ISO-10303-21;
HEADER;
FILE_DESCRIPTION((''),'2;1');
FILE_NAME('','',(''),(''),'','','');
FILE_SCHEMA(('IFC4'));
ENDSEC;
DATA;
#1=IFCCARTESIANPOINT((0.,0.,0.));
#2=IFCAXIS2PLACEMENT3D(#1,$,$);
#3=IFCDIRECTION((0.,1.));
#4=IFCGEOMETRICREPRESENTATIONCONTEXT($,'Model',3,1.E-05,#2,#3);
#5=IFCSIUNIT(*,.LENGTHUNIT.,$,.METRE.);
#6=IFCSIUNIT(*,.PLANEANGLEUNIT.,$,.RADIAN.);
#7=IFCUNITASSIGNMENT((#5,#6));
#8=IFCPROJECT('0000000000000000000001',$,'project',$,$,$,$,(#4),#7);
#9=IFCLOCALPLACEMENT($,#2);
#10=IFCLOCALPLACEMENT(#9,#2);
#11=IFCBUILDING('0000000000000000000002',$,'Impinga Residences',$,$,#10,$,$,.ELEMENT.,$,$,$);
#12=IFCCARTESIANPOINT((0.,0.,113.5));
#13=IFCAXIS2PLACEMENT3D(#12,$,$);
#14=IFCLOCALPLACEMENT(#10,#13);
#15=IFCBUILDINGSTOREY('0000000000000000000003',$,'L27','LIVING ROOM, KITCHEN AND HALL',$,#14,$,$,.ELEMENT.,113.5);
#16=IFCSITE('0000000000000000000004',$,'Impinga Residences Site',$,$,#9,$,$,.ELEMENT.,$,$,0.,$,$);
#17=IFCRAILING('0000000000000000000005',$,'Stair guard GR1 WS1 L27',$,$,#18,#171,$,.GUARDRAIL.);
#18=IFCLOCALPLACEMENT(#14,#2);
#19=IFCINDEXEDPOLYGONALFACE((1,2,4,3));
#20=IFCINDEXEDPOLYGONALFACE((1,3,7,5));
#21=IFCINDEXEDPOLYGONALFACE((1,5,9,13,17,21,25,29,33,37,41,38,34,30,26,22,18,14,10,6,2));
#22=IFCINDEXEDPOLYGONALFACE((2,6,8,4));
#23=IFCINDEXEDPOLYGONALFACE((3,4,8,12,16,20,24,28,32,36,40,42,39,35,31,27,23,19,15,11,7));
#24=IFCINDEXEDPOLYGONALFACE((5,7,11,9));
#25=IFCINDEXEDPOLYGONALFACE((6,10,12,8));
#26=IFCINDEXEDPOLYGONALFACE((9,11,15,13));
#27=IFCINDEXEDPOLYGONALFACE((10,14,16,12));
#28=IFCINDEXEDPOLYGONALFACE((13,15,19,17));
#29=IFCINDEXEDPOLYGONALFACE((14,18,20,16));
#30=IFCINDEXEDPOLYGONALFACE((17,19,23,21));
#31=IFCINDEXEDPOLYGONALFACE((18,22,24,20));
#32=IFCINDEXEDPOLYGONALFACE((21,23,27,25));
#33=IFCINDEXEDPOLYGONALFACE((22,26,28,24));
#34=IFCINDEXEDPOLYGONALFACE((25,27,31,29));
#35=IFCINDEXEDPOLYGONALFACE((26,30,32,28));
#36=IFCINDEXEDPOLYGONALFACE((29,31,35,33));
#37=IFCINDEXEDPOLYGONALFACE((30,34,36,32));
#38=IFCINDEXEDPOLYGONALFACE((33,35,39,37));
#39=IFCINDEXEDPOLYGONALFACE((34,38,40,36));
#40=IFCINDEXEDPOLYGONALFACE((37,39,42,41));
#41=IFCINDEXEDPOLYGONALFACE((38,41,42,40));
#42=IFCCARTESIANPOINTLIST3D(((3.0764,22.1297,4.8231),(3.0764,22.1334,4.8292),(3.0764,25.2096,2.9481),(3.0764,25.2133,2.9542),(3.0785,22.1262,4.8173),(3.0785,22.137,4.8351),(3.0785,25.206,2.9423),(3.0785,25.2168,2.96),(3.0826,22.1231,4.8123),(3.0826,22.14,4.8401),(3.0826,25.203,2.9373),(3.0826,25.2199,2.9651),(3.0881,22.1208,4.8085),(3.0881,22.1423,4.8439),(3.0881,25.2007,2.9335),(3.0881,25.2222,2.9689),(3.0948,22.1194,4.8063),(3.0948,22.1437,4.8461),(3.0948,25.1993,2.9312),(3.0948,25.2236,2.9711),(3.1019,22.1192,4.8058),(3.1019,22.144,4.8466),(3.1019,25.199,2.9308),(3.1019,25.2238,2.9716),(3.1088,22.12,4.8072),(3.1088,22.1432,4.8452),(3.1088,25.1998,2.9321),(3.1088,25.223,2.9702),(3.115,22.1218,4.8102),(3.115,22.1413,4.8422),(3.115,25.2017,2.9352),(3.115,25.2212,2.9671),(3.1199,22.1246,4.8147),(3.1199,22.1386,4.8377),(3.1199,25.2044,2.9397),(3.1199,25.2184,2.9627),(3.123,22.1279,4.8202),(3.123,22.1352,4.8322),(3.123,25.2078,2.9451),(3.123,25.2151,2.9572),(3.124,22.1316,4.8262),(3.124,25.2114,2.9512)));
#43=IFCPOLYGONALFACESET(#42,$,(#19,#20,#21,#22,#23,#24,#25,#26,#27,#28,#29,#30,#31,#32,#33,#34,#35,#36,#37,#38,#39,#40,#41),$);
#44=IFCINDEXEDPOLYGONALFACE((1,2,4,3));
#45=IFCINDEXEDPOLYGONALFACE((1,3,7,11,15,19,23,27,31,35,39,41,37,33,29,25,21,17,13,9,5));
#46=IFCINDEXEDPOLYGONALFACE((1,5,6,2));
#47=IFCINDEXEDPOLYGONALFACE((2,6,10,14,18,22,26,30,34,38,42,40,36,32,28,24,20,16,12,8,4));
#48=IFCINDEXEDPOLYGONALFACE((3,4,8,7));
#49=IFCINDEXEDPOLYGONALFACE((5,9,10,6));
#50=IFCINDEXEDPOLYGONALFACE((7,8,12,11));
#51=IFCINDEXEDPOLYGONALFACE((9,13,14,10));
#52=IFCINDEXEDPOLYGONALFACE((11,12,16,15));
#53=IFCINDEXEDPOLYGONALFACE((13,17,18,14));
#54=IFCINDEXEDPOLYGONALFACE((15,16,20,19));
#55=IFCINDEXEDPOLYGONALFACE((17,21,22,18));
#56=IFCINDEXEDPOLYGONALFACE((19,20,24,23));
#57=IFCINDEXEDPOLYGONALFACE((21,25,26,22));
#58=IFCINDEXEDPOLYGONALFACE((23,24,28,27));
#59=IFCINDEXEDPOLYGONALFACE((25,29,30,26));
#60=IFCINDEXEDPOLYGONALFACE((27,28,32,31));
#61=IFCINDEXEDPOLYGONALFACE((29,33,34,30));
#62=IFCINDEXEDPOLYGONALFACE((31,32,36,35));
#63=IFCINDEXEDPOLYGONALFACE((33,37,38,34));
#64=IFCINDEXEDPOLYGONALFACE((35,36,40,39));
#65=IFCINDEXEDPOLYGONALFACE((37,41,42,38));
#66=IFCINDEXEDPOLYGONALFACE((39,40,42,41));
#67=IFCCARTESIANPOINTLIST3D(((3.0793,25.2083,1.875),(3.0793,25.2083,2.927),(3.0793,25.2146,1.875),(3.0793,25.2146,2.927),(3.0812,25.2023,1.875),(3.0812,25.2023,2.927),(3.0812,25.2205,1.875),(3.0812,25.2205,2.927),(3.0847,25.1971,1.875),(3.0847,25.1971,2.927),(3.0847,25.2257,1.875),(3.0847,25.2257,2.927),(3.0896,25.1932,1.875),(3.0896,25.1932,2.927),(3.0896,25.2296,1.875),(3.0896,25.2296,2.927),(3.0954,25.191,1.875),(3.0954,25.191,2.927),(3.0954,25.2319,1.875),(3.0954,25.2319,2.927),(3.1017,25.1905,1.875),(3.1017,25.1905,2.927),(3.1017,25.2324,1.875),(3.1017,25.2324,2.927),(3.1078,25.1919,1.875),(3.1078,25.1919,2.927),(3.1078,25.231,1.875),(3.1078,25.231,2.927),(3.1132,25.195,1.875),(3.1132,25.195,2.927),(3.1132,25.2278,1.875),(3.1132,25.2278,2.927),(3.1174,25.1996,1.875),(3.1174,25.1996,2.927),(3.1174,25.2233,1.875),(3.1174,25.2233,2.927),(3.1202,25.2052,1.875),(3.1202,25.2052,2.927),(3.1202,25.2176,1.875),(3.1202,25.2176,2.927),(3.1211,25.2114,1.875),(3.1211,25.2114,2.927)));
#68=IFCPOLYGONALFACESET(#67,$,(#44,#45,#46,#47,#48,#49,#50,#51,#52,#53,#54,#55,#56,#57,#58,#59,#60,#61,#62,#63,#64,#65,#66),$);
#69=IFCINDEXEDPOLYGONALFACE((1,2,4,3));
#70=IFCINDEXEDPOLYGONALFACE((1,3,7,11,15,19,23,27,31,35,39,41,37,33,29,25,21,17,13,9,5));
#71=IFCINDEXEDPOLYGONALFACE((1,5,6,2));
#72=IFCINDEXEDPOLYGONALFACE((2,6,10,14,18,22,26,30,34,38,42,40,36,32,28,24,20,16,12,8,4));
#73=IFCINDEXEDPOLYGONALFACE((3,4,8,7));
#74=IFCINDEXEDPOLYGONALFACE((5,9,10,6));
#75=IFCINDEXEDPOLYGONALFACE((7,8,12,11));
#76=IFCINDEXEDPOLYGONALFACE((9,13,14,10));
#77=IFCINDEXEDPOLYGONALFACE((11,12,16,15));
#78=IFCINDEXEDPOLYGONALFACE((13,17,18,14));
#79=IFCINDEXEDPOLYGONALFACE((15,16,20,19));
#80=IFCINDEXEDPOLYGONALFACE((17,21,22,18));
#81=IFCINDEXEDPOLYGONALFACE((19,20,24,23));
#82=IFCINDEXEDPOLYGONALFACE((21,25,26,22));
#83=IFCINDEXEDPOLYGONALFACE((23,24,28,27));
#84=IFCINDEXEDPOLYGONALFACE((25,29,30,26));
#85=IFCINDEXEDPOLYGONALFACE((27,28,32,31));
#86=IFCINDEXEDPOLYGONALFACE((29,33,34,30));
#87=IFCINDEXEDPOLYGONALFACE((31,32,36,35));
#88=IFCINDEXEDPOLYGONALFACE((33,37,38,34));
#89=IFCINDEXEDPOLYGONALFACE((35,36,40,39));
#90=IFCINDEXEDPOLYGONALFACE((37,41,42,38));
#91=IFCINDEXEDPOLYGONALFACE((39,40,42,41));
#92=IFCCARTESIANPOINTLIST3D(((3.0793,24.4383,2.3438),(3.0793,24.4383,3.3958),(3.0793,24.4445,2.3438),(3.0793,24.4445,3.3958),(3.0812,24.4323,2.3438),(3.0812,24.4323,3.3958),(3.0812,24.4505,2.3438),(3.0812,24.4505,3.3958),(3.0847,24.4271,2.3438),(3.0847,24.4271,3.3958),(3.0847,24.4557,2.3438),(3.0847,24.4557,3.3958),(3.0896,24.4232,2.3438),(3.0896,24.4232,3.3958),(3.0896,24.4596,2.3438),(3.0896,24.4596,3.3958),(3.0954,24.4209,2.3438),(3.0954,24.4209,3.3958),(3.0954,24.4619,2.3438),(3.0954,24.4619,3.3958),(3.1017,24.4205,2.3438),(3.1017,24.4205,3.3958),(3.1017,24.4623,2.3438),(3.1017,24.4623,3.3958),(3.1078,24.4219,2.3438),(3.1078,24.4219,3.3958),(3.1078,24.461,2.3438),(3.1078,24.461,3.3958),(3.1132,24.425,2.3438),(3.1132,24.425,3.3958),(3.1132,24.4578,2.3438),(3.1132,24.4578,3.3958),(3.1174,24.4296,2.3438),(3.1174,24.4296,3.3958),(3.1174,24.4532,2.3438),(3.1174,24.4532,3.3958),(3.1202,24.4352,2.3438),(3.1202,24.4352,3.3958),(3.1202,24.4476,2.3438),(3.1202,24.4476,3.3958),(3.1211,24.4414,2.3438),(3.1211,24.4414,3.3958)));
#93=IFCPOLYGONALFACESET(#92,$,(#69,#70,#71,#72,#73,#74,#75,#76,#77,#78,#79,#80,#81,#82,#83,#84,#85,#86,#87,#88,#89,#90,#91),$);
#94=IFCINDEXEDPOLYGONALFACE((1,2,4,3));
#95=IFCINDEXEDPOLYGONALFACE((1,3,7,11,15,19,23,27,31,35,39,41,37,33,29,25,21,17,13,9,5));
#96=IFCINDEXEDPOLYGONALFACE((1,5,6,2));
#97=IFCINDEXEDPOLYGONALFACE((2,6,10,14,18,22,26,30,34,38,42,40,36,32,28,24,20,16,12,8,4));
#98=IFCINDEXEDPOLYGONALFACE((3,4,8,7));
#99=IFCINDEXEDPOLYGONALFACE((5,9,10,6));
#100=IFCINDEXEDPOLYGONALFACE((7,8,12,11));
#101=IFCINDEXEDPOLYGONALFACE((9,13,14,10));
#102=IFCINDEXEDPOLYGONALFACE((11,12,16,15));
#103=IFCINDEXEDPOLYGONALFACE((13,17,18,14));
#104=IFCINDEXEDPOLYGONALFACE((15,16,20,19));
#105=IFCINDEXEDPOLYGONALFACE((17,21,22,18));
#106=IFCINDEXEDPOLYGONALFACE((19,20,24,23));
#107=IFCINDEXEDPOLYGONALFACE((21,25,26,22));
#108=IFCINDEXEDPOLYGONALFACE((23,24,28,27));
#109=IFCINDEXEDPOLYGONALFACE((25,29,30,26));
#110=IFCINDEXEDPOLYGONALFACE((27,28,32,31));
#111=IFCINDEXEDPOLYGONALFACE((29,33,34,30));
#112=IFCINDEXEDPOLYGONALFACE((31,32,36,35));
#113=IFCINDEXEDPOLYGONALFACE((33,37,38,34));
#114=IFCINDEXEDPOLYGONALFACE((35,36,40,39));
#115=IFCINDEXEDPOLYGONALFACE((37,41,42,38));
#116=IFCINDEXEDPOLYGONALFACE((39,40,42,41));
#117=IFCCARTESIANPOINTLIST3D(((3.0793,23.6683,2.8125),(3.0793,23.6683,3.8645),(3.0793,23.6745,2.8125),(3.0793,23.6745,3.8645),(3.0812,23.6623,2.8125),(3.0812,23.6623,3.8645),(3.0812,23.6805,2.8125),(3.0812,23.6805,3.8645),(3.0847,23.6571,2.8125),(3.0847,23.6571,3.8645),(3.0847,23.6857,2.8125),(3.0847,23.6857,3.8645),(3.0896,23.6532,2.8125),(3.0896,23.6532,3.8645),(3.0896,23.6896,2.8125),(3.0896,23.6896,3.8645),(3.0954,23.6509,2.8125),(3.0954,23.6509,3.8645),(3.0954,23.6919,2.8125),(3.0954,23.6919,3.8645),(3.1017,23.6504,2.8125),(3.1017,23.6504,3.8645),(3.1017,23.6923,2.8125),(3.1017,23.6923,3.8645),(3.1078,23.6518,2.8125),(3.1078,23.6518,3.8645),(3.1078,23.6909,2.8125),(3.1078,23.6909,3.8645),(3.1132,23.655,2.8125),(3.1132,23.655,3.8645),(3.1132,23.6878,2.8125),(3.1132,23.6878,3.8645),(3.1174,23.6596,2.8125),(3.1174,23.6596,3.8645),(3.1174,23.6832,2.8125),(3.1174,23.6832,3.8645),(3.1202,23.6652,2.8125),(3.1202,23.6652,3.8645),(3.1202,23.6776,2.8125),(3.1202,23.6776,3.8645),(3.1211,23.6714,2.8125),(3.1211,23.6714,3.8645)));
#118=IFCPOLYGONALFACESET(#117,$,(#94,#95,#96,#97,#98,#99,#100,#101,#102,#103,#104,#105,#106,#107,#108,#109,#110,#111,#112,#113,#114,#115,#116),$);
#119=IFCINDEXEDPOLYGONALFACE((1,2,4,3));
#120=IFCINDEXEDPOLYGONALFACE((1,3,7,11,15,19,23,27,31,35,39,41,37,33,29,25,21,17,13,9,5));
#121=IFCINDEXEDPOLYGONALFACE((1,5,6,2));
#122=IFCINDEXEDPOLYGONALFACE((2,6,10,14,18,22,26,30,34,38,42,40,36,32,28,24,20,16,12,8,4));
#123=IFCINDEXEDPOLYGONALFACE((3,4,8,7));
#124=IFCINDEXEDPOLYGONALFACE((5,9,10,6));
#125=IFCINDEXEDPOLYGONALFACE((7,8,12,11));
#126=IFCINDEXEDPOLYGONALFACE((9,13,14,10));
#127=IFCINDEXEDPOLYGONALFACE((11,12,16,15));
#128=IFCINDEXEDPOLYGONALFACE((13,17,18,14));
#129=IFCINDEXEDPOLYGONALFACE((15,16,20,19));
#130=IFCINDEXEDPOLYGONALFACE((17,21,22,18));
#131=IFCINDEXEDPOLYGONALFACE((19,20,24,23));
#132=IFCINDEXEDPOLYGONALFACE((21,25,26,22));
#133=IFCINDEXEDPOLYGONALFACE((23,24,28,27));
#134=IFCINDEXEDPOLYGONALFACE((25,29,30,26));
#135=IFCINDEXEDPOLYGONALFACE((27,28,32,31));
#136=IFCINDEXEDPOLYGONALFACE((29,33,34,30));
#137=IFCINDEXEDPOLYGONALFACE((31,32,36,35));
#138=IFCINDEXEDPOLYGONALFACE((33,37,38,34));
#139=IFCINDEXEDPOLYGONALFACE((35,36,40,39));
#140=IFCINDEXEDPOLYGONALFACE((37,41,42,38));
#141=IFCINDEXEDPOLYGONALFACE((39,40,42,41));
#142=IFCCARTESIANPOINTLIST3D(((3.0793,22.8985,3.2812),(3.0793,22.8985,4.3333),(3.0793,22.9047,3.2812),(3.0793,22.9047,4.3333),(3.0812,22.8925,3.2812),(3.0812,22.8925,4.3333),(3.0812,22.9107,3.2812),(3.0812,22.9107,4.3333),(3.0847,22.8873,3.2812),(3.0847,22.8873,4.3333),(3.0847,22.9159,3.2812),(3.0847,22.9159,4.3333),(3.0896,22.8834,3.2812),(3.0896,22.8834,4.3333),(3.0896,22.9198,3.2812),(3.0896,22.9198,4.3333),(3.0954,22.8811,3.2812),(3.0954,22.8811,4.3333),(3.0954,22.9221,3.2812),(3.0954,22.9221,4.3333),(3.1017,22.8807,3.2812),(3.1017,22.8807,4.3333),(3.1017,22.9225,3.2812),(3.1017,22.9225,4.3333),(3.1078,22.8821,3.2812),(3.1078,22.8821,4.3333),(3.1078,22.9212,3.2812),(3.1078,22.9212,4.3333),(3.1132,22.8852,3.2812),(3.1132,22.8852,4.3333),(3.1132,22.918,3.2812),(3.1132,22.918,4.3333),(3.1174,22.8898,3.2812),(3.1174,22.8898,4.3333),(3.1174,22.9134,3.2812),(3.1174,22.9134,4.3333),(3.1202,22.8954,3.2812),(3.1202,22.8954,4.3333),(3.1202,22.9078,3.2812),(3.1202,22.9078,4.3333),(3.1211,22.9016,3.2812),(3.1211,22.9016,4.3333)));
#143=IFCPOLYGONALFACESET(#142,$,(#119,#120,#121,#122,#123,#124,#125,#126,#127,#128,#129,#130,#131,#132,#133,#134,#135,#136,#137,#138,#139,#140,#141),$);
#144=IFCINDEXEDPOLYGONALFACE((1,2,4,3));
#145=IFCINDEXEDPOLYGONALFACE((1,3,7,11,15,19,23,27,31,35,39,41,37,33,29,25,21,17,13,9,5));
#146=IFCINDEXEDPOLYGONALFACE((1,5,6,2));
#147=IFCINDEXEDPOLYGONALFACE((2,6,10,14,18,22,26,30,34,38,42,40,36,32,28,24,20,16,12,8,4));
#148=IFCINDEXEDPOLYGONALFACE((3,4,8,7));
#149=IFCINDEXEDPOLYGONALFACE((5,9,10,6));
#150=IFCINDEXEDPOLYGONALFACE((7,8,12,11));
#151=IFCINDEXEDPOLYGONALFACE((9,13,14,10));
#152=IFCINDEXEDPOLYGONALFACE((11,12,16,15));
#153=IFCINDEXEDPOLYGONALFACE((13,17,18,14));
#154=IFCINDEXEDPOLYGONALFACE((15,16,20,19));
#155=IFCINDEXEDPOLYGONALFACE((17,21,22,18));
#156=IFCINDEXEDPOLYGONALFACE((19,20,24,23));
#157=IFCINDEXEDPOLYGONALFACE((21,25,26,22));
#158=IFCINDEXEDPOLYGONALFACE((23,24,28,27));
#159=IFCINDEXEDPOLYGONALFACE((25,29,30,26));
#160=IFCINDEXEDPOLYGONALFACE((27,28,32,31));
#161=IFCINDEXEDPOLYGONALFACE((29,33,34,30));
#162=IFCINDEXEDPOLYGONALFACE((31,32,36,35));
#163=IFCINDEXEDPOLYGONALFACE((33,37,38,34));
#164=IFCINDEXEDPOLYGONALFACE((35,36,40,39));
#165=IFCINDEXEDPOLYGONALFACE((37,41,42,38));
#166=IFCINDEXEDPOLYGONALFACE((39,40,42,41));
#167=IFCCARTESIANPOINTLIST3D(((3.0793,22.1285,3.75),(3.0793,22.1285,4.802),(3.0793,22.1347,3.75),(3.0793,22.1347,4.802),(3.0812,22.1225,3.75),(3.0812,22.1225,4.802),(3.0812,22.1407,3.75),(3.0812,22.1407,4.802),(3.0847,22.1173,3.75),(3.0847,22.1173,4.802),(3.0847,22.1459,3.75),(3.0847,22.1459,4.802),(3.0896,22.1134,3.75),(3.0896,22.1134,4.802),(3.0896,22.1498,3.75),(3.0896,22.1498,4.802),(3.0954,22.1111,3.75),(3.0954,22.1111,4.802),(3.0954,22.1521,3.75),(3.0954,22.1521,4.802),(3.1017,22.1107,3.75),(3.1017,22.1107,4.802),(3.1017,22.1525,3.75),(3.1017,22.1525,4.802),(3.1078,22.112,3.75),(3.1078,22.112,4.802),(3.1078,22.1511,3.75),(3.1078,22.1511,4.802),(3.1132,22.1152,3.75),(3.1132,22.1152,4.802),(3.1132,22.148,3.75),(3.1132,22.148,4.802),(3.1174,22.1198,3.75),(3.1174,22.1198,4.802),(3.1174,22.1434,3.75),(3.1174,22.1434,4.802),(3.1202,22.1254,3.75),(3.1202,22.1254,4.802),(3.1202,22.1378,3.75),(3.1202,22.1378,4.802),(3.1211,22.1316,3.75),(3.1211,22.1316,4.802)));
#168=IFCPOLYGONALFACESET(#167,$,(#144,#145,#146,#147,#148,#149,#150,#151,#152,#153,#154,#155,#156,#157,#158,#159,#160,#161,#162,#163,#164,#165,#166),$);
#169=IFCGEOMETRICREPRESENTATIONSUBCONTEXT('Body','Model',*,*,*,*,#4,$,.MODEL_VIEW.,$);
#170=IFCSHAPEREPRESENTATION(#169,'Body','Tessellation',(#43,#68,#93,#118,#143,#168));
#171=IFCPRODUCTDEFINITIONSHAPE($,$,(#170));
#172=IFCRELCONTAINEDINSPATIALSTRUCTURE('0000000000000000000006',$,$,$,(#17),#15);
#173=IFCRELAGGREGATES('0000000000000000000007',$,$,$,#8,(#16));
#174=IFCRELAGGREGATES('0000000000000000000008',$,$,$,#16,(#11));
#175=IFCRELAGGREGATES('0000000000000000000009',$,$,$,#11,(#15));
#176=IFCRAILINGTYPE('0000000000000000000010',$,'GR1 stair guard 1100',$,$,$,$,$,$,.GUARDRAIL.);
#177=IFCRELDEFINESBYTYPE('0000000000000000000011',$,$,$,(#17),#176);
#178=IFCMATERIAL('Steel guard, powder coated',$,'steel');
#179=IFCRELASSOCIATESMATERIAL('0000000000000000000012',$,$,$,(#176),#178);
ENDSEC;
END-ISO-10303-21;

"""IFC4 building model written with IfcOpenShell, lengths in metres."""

from ifc_helpers import new_model, si_unit, direction, frame, origin, origin_2d, place, context, subcontext, project, spatial, circle, extrude, material, type_object, element, save


model = new_model("IFC4")

# Units and contexts
model_context = context("Model", 3, precision=1e-05, world=origin(), true_north=direction((0.0, 1.0)))
body_context = subcontext(model_context, "Body", "Model", "MODEL_VIEW")
ifc_project = project(units=[si_unit("LENGTHUNIT", "METRE"), si_unit("PLANEANGLEUNIT", "RADIAN")], contexts=[model_context])

# Site, building, storey
site_placement = place(None, origin())
site = spatial("IfcSite", under=ifc_project, at=site_placement, Name="Impinga Residences Site", CompositionType="ELEMENT", RefElevation=0.0)
building_placement = place(site_placement, origin())
building = spatial("IfcBuilding", under=site, at=building_placement, Name="Impinga Residences", CompositionType="ELEMENT")
storey_placement = place(building_placement, frame((0.0, 0.0, 113.5)))
storey = spatial("IfcBuildingStorey", under=building, at=storey_placement, Name="L27", Description="LIVING ROOM, KITCHEN AND HALL", CompositionType="ELEMENT", Elevation=113.5)

# Railing
ifc_material_1 = material(Name="Steel guard, powder coated", Category="steel")
railing_type_1 = type_object("IfcRailingType", Name="GR1 stair guard 1100", PredefinedType="GUARDRAIL", material=ifc_material_1)
railing_1_placement = place(storey_placement, frame((3.1001, 25.2114, 1.875)))
element("IfcRailing", 1, at=railing_1_placement, inside=storey, type_object=railing_type_1, Name="Stair guard GR1 WS1 L27", PredefinedType="GUARDRAIL", context=body_context, shape_type="SweptSolid", body=[
    extrude(circle(Radius=0.0239, at=origin_2d()), frame((0.0, 0.0, 1.0762), z_axis=(0.0, -0.854159, 0.520011), x_axis=(1.0, 0.0, 0.0)), (0.0, 0.0, 1.0), 3.6057),
    extrude(circle(Radius=0.021, at=origin_2d()), origin(), (0.0, 0.0, 1.0), 1.052),
    extrude(circle(Radius=0.021, at=origin_2d()), frame((0.0, -0.77, 0.4688)), (0.0, 0.0, 1.0), 1.052),
    extrude(circle(Radius=0.021, at=origin_2d()), frame((0.0, -1.54, 0.9375)), (0.0, 0.0, 1.0), 1.052),
    extrude(circle(Radius=0.021, at=origin_2d()), frame((0.0, -2.3098, 1.4062)), (0.0, 0.0, 1.0), 1.052),
    extrude(circle(Radius=0.021, at=origin_2d()), frame((0.0, -3.0798, 1.875)), (0.0, 0.0, 1.0), 1.052),
])

save(model, "model.ifc")
